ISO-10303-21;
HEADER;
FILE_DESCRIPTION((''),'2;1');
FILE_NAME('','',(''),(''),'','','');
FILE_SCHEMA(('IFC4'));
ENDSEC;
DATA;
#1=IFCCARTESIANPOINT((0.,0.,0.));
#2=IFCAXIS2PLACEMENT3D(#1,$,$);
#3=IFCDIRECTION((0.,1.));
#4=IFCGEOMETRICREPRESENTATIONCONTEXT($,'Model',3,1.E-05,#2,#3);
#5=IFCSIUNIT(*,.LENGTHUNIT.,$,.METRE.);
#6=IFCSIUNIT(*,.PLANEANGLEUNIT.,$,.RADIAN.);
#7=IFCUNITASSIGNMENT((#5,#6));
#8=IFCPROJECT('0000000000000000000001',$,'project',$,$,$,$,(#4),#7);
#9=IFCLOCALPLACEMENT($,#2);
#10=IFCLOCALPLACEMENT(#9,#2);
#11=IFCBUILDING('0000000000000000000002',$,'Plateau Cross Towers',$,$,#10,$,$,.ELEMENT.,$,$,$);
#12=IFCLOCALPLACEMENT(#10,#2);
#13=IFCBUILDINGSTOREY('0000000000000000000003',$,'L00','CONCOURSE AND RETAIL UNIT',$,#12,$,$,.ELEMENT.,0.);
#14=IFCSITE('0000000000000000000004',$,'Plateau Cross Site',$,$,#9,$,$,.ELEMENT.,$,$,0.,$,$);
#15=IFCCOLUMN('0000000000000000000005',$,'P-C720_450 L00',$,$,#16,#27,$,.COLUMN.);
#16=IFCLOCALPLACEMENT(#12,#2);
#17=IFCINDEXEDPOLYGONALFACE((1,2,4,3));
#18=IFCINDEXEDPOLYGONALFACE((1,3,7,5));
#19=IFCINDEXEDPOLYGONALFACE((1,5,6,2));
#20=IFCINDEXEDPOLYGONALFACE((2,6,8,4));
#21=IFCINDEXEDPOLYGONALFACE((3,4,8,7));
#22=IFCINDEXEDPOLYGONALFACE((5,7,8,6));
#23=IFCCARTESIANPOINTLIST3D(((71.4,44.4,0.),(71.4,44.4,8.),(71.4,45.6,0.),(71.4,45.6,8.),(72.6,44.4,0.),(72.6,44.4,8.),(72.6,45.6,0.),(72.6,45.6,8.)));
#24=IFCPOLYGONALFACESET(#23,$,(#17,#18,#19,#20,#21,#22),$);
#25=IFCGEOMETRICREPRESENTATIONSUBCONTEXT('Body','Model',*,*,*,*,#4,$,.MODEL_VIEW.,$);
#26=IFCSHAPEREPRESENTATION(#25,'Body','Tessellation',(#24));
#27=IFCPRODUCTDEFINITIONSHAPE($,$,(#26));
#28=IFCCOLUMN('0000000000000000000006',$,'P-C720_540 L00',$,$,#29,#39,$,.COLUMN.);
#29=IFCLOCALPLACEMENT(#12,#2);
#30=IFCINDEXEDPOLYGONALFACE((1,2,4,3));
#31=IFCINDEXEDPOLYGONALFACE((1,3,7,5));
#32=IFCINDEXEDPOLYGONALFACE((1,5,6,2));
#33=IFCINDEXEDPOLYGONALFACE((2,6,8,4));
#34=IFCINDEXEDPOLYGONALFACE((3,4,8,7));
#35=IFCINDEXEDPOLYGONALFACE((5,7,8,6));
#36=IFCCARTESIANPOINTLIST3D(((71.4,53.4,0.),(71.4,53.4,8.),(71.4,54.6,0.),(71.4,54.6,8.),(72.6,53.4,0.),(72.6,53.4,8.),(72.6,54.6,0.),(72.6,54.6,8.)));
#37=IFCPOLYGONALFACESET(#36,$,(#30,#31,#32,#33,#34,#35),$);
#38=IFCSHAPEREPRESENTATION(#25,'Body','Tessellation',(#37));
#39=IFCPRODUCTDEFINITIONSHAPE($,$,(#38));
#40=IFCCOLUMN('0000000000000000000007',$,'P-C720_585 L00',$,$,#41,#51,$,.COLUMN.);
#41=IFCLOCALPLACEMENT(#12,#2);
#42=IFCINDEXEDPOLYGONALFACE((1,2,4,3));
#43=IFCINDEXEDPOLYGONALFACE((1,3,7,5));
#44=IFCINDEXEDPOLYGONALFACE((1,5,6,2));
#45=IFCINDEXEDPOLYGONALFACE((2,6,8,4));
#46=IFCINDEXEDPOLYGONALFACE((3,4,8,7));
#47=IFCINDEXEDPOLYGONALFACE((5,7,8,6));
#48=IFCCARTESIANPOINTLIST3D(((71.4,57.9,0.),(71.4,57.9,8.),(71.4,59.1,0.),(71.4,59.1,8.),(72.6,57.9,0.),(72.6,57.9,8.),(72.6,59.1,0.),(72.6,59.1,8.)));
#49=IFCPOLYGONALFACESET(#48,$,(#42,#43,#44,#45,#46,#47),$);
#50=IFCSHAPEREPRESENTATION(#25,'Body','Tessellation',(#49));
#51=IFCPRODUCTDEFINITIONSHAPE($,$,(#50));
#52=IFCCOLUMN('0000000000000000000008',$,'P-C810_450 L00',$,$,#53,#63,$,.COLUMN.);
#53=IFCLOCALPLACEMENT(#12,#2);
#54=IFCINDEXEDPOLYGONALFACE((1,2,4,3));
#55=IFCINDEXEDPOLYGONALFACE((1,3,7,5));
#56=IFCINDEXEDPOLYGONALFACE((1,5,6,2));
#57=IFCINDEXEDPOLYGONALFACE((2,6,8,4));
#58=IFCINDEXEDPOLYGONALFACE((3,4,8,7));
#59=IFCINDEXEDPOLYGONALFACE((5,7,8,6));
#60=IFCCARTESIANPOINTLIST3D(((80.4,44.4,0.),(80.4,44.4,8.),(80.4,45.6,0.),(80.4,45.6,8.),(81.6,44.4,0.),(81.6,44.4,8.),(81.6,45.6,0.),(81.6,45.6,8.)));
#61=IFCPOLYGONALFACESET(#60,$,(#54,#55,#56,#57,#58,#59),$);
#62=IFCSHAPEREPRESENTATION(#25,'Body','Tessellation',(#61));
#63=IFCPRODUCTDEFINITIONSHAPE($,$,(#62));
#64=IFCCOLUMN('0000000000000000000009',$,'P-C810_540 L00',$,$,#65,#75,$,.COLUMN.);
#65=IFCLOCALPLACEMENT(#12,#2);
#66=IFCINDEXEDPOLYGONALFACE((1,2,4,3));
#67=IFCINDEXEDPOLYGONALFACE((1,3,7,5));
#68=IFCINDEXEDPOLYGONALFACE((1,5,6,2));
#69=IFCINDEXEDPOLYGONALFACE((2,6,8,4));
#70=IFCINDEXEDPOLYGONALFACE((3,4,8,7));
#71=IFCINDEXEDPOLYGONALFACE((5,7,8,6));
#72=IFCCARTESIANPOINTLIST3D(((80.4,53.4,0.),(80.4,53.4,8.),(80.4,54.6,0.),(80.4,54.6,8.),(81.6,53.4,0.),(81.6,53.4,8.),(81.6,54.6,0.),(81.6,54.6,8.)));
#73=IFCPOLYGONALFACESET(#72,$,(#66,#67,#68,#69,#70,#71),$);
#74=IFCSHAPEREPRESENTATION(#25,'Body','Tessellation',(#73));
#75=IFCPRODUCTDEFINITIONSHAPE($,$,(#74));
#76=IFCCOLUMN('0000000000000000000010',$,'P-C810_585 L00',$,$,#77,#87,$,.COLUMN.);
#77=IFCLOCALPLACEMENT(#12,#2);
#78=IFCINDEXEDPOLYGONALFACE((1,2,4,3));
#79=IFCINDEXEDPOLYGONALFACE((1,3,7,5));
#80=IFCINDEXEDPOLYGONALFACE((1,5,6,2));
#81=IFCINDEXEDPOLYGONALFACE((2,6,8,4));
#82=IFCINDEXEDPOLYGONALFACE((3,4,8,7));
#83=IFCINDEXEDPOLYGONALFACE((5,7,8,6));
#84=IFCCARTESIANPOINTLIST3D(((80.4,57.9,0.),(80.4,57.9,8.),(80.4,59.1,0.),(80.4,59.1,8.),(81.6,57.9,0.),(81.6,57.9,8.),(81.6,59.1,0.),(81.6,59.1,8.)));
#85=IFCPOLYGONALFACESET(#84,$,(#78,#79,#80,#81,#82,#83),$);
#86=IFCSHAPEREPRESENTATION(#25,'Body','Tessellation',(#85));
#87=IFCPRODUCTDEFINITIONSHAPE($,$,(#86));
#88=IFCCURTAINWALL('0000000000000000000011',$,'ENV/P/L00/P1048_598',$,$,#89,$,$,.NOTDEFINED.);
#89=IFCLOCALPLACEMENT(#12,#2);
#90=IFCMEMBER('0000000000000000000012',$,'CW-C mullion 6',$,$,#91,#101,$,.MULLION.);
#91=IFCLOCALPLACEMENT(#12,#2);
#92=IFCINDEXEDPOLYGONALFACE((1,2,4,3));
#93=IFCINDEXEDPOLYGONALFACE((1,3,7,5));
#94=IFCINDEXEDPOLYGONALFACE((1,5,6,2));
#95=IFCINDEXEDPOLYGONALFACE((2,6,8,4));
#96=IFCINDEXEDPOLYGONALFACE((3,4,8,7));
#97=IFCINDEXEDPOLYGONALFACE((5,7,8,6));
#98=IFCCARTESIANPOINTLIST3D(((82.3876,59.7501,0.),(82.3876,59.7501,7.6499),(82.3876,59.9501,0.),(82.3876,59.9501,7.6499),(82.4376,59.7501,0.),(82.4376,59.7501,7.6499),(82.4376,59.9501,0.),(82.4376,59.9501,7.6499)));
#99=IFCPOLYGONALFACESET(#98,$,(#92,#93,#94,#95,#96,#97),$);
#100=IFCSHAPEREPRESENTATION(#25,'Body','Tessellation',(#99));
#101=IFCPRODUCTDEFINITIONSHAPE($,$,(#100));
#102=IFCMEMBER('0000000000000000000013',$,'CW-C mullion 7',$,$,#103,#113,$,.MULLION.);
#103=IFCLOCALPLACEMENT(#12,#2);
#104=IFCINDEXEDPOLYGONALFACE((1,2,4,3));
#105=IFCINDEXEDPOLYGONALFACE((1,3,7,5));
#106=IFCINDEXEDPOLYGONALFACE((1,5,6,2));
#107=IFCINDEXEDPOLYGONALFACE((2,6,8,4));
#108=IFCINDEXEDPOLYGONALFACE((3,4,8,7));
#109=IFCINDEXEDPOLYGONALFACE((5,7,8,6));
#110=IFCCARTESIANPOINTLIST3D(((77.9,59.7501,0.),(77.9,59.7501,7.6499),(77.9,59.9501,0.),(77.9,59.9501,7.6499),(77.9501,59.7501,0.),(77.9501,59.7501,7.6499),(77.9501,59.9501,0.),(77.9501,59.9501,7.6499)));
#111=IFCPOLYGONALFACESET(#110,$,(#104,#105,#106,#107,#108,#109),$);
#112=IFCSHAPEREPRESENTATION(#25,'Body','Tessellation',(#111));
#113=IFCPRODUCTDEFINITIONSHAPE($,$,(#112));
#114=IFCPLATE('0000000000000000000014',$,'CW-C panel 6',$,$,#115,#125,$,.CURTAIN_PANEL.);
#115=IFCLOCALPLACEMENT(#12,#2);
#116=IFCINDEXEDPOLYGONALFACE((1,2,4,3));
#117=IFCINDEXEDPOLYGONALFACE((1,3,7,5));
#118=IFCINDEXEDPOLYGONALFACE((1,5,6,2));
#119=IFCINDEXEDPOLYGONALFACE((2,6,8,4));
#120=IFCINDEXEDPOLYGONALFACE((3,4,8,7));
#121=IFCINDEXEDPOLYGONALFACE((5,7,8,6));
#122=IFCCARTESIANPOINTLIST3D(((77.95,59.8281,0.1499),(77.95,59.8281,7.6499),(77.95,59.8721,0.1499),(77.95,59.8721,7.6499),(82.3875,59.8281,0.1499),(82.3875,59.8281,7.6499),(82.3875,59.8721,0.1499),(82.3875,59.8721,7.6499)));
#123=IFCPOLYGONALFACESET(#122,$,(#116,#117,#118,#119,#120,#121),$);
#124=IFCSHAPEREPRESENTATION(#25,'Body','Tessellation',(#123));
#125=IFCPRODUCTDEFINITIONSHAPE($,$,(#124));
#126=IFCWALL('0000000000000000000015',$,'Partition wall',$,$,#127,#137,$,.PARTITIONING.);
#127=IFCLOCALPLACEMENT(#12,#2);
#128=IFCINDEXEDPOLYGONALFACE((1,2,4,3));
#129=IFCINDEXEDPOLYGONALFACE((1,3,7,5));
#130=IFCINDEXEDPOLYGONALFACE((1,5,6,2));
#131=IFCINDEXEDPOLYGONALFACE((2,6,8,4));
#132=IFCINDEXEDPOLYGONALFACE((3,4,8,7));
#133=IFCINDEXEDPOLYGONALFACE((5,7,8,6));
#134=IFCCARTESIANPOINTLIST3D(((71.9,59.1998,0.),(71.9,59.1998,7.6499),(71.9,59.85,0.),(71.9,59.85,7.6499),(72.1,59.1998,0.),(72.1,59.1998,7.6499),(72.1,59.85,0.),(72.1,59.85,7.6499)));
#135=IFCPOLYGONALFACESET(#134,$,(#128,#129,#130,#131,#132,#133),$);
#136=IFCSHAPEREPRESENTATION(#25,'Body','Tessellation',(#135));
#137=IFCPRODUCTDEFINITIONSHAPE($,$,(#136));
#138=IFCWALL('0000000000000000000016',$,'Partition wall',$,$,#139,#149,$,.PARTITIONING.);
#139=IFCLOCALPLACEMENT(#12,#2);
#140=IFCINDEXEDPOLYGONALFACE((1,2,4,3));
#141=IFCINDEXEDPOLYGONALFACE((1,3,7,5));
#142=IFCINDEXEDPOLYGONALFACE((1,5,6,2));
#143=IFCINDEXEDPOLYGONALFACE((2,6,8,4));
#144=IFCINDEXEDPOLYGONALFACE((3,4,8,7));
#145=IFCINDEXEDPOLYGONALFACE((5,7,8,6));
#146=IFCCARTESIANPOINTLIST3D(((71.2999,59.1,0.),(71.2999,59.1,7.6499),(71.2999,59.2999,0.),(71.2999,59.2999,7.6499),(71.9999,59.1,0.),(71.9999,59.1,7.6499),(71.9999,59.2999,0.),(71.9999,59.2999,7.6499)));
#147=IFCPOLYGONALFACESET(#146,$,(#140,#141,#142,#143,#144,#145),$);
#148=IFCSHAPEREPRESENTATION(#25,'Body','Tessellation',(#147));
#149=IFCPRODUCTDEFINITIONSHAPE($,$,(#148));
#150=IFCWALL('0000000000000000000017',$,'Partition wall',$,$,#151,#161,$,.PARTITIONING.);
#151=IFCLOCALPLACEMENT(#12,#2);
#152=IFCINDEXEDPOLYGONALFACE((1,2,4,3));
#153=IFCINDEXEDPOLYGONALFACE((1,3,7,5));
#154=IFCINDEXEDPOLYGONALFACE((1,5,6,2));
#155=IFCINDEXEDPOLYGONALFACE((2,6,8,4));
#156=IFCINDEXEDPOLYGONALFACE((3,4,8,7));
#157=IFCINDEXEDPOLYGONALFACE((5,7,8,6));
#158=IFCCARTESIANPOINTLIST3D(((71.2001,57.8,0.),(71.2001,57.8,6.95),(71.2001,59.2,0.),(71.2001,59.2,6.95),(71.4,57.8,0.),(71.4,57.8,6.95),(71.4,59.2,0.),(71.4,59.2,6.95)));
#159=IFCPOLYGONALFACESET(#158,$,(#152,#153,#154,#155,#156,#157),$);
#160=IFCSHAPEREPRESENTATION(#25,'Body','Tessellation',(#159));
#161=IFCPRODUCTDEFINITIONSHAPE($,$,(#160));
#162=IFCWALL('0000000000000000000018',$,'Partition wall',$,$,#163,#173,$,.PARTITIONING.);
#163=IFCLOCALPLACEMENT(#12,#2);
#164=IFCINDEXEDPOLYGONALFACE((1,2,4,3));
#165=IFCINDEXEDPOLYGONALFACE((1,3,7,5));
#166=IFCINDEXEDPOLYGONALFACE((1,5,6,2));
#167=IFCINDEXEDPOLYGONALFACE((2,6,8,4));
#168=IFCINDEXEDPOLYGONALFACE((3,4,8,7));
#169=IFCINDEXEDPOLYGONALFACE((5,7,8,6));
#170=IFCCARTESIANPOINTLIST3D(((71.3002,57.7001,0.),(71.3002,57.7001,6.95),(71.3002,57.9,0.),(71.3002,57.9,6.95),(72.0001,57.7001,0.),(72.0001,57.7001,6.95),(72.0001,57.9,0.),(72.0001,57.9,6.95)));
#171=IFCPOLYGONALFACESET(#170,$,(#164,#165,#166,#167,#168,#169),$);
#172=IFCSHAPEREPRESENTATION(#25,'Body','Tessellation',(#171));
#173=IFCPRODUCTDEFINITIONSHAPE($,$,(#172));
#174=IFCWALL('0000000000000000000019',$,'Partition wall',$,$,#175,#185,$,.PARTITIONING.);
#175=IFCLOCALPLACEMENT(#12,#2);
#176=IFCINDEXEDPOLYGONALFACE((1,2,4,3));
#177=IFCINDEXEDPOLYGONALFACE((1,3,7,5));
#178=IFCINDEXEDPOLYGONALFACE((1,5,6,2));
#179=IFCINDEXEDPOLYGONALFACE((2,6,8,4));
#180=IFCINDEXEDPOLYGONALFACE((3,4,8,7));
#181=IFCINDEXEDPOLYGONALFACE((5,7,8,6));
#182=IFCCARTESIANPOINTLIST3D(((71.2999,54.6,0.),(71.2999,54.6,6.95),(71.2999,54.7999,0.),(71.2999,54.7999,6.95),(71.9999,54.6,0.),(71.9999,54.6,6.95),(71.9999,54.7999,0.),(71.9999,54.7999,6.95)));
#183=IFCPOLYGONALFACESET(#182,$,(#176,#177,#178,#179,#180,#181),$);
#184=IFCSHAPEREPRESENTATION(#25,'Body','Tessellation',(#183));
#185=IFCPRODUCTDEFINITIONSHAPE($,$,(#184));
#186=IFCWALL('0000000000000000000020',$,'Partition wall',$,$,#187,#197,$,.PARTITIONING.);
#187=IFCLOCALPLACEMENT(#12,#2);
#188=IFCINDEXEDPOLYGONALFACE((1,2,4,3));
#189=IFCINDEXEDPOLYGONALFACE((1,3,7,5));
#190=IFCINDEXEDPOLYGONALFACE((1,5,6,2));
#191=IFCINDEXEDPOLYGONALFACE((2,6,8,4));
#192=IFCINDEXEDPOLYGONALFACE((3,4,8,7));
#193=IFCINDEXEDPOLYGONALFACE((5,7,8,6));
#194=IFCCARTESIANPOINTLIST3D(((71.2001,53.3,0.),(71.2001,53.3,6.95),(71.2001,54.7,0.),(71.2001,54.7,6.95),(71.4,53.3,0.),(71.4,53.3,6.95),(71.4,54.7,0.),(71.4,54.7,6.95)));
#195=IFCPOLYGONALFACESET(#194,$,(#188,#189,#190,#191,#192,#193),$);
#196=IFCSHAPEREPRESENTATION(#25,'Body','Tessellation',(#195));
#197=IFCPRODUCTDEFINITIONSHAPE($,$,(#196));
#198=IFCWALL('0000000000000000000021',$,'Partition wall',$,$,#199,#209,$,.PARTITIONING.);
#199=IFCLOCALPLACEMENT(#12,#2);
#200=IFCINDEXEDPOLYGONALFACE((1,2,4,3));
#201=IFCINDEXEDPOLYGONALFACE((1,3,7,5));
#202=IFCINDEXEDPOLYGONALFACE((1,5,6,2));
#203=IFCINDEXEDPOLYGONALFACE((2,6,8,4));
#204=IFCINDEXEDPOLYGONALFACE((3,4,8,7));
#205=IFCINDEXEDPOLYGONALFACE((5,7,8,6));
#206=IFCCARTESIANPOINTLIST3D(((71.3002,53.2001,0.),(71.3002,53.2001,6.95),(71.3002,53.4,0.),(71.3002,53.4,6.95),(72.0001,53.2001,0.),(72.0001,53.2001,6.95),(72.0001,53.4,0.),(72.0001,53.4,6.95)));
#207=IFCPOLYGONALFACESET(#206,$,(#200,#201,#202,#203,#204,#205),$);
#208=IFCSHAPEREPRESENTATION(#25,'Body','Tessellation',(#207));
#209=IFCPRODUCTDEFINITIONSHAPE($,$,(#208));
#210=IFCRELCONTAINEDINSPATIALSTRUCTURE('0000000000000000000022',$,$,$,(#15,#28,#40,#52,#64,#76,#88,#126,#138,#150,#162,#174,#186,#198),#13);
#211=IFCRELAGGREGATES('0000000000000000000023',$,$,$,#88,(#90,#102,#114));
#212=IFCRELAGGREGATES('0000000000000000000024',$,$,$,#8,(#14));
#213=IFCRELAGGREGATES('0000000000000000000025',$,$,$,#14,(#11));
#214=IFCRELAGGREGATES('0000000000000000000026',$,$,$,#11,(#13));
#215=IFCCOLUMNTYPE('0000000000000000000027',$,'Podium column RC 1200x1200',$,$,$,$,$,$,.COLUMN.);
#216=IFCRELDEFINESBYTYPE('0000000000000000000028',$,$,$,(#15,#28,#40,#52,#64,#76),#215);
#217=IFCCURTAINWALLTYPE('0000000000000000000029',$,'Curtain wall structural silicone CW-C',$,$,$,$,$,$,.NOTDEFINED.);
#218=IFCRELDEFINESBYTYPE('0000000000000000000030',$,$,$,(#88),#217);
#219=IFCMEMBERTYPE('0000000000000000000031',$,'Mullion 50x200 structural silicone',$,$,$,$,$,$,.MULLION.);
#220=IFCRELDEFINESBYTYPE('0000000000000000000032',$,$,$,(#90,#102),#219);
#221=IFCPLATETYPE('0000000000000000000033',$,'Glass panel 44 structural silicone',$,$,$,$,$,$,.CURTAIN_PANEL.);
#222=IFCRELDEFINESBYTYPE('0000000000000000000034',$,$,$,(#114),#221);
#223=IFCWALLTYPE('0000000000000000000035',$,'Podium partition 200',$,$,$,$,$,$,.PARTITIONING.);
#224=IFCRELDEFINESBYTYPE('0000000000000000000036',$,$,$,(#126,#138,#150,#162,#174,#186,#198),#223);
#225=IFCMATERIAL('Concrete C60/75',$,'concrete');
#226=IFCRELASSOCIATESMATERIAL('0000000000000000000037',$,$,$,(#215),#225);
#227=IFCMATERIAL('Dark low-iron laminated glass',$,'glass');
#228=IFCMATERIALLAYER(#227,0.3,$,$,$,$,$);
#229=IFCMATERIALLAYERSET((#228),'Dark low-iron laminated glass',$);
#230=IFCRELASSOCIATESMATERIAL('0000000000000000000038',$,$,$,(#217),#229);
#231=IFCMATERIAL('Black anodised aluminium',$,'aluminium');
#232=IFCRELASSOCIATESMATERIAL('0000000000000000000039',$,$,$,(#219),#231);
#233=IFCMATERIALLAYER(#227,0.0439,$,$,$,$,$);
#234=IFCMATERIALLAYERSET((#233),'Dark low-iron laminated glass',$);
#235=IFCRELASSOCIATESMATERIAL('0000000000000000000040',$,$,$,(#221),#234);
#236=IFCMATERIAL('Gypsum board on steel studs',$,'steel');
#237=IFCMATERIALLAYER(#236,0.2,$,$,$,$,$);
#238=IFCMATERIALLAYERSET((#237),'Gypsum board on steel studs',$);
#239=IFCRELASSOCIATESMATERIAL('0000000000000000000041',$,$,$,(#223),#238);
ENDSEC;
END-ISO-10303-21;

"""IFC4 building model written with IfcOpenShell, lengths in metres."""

from ifc_helpers import new_model, si_unit, direction, frame, frame_2d, origin, origin_2d, place, context, subcontext, project, spatial, rectangle, extrude, material, layer, layer_set, material_profile, profile_set, type_object, element, aggregate, save


model = new_model("IFC4")

# Units and contexts
model_context = context("Model", 3, precision=1e-05, world=origin(), true_north=direction((0.0, 1.0)))
body_context = subcontext(model_context, "Body", "Model", "MODEL_VIEW")
ifc_project = project(units=[si_unit("LENGTHUNIT", "METRE"), si_unit("PLANEANGLEUNIT", "RADIAN")], contexts=[model_context])

# Site, building, storey
site_placement = place(None, origin())
site = spatial("IfcSite", under=ifc_project, at=site_placement, Name="Plateau Cross Site", CompositionType="ELEMENT", RefElevation=0.0)
building_placement = place(site_placement, origin())
building = spatial("IfcBuilding", under=site, at=building_placement, Name="Plateau Cross Towers", CompositionType="ELEMENT")
storey_placement = place(building_placement, origin())
storey = spatial("IfcBuildingStorey", under=building, at=storey_placement, Name="L00", Description="CONCOURSE AND RETAIL UNIT", CompositionType="ELEMENT", Elevation=0.0)

# Columns
ifc_material_1 = material(Name="Concrete C60/75", Category="concrete")
ifc_material_profile_1 = material_profile(ifc_material_1, rectangle(XDim=1.2, YDim=1.2, at=origin_2d()), Name="RC 1200x1200")
ifc_profile_set_1 = profile_set([ifc_material_profile_1], Name="Concrete C60/75")
column_type = type_object("IfcColumnType", Name="Podium column RC 1200x1200", PredefinedType="COLUMN", material=ifc_profile_set_1)
for number, where, z_axis, x_axis, name in (
    (1, (72.0, 45.0, 0.0), (0.0, 0.0, 1.0), (1.0, 0.0, 0.0), "P-C720_450 L00"),
    (2, (72.0, 54.0, 0.0), (0.0, 0.0, 1.0), (1.0, 0.0, 0.0), "P-C720_540 L00"),
    (3, (72.0, 58.5, 0.0), (0.0, 0.0, 1.0), (1.0, 0.0, 0.0), "P-C720_585 L00"),
    (4, (81.0, 45.0, 0.0), (0.0, 0.0, 1.0), (1.0, 0.0, 0.0), "P-C810_450 L00"),
    (5, (81.0, 54.0, 0.0), (0.0, 0.0, 1.0), (1.0, 0.0, 0.0), "P-C810_540 L00"),
    (6, (81.0, 58.5, 0.0), (0.0, 0.0, 1.0), (1.0, 0.0, 0.0), "P-C810_585 L00"),
):
    element("IfcColumn", number, at=place(storey_placement, frame(where, z_axis=z_axis, x_axis=x_axis)), inside=storey, type_object=column_type, Name=name, PredefinedType="COLUMN", context=body_context, shape_type="SweptSolid", body=[
        extrude(rectangle(XDim=1.2, YDim=1.2, at=origin_2d()), origin(), (0.0, 0.0, 1.0), 8.0),
    ])

# Curtain wall, members, plate
ifc_material_2 = material(Name="Dark low-iron laminated glass", Category="glass")
ifc_layer_1 = layer(ifc_material_2, 0.3)
ifc_layer_set_1 = layer_set([ifc_layer_1], Name="Dark low-iron laminated glass")
curtain_wall_type = type_object("IfcCurtainWallType", Name="Curtain wall structural silicone CW-C", PredefinedType="NOTDEFINED", material=ifc_layer_set_1)
curtain_wall_placement = place(storey_placement, origin())
curtain_wall = element("IfcCurtainWall", 7, at=curtain_wall_placement, inside=storey, type_object=curtain_wall_type, Name="ENV/P/L00/P1048_598", PredefinedType="NOTDEFINED")
ifc_material_3 = material(Name="Black anodised aluminium", Category="aluminium")
ifc_material_profile_2 = material_profile(ifc_material_3, rectangle(XDim=0.05, YDim=0.2, at=origin_2d()), Name="MULLION 50x200")
ifc_profile_set_2 = profile_set([ifc_material_profile_2], Name="Black anodised aluminium")
member_type = type_object("IfcMemberType", Name="Mullion 50x200 structural silicone", PredefinedType="MULLION", material=ifc_profile_set_2)
member_1_placement = place(storey_placement, frame((82.4126, 59.8501, 0.0), z_axis=(0.0, 0.0, 1.0), x_axis=(-1.0, 0.0, 0.0)))
member_1 = element("IfcMember", 8, at=member_1_placement, type_object=member_type, Name="CW-C mullion 6", PredefinedType="MULLION", context=body_context, shape_type="SweptSolid", body=[
    extrude(rectangle(XDim=0.05, YDim=0.2, at=origin_2d()), origin(), (0.0, 0.0, 1.0), 7.6499),
])
member_2_placement = place(storey_placement, frame((77.925, 59.8501, 0.0), z_axis=(0.0, 0.0, 1.0), x_axis=(-1.0, 0.0, 0.0)))
member_2 = element("IfcMember", 9, at=member_2_placement, type_object=member_type, Name="CW-C mullion 7", PredefinedType="MULLION", context=body_context, shape_type="SweptSolid", body=[
    extrude(rectangle(XDim=0.05, YDim=0.2, at=origin_2d()), origin(), (0.0, 0.0, 1.0), 7.6499),
])
ifc_layer_2 = layer(ifc_material_2, 0.0439)
ifc_layer_set_2 = layer_set([ifc_layer_2], Name="Dark low-iron laminated glass")
plate_type = type_object("IfcPlateType", Name="Glass panel 44 structural silicone", PredefinedType="CURTAIN_PANEL", material=ifc_layer_set_2)
plate_placement = place(storey_placement, frame((80.1687, 59.8501, 0.1499), z_axis=(0.0, 0.0, 1.0), x_axis=(-1.0, 0.0, 0.0)))
plate = element("IfcPlate", 10, at=plate_placement, type_object=plate_type, Name="CW-C panel 6", PredefinedType="CURTAIN_PANEL", context=body_context, shape_type="SweptSolid", body=[
    extrude(rectangle(XDim=4.4375, YDim=0.0439, at=origin_2d()), origin(), (0.0, 0.0, 1.0), 7.5),
])
aggregate(curtain_wall, [member_1, member_2, plate])

# Walls
ifc_material_4 = material(Name="Gypsum board on steel studs", Category="steel")
ifc_layer_3 = layer(ifc_material_4, 0.2)
ifc_layer_set_3 = layer_set([ifc_layer_3], Name="Gypsum board on steel studs")
wall_type_1 = type_object("IfcWallType", Name="Podium partition 200", PredefinedType="PARTITIONING", material=ifc_layer_set_3)
wall_1_placement = place(storey_placement, frame((72.0, 59.8501, 0.0), z_axis=(0.0, 0.0, 1.0), x_axis=(0.0, -1.0, 0.0)))
element("IfcWall", 11, at=wall_1_placement, inside=storey, type_object=wall_type_1, Name="Partition wall", PredefinedType="PARTITIONING", context=body_context, shape_type="SweptSolid", body=[
    extrude(rectangle(XDim=0.6501, YDim=0.2, at=frame_2d((0.3252, 0.0))), origin(), (0.0, 0.0, 1.0), 7.6499),
])
wall_2_placement = place(storey_placement, frame((72.0, 59.2, 0.0), z_axis=(0.0, 0.0, 1.0), x_axis=(-1.0, 0.0, 0.0)))
element("IfcWall", 12, at=wall_2_placement, inside=storey, type_object=wall_type_1, Name="Partition wall", PredefinedType="PARTITIONING", context=body_context, shape_type="SweptSolid", body=[
    extrude(rectangle(XDim=0.7, YDim=0.2, at=frame_2d((0.3501, 0.0))), origin(), (0.0, 0.0, 1.0), 7.6499),
])
wall_3_placement = place(storey_placement, frame((71.3, 59.2, 0.0), z_axis=(0.0, 0.0, 1.0), x_axis=(0.0, -1.0, 0.0)))
element("IfcWall", 13, at=wall_3_placement, inside=storey, type_object=wall_type_1, Name="Partition wall", PredefinedType="PARTITIONING", context=body_context, shape_type="SweptSolid", body=[
    extrude(rectangle(XDim=1.3999, YDim=0.2, at=frame_2d((0.7, 0.0))), origin(), (0.0, 0.0, 1.0), 6.95),
])
wall_4_placement = place(storey_placement, frame((71.3, 57.8, 0.0), z_axis=(0.0, 0.0, 1.0), x_axis=(1.0, 0.0, 0.0)))
element("IfcWall", 14, at=wall_4_placement, inside=storey, type_object=wall_type_1, Name="Partition wall", PredefinedType="PARTITIONING", context=body_context, shape_type="SweptSolid", body=[
    extrude(rectangle(XDim=0.7, YDim=0.2, at=frame_2d((0.3501, 0.0))), origin(), (0.0, 0.0, 1.0), 6.95),
])

# Walls
wall_5_placement = place(storey_placement, frame((72.0, 54.7, 0.0), z_axis=(0.0, 0.0, 1.0), x_axis=(-1.0, 0.0, 0.0)))
element("IfcWall", 15, at=wall_5_placement, inside=storey, type_object=wall_type_1, Name="Partition wall", PredefinedType="PARTITIONING", context=body_context, shape_type="SweptSolid", body=[
    extrude(rectangle(XDim=0.7, YDim=0.2, at=frame_2d((0.3501, 0.0))), origin(), (0.0, 0.0, 1.0), 6.95),
])
wall_6_placement = place(storey_placement, frame((71.3, 54.7, 0.0), z_axis=(0.0, 0.0, 1.0), x_axis=(0.0, -1.0, 0.0)))
element("IfcWall", 16, at=wall_6_placement, inside=storey, type_object=wall_type_1, Name="Partition wall", PredefinedType="PARTITIONING", context=body_context, shape_type="SweptSolid", body=[
    extrude(rectangle(XDim=1.3999, YDim=0.2, at=frame_2d((0.7, 0.0))), origin(), (0.0, 0.0, 1.0), 6.95),
])
wall_7_placement = place(storey_placement, frame((71.3, 53.3, 0.0), z_axis=(0.0, 0.0, 1.0), x_axis=(1.0, 0.0, 0.0)))
element("IfcWall", 17, at=wall_7_placement, inside=storey, type_object=wall_type_1, Name="Partition wall", PredefinedType="PARTITIONING", context=body_context, shape_type="SweptSolid", body=[
    extrude(rectangle(XDim=0.7, YDim=0.2, at=frame_2d((0.3501, 0.0))), origin(), (0.0, 0.0, 1.0), 6.95),
])

save(model, "model.ifc")
